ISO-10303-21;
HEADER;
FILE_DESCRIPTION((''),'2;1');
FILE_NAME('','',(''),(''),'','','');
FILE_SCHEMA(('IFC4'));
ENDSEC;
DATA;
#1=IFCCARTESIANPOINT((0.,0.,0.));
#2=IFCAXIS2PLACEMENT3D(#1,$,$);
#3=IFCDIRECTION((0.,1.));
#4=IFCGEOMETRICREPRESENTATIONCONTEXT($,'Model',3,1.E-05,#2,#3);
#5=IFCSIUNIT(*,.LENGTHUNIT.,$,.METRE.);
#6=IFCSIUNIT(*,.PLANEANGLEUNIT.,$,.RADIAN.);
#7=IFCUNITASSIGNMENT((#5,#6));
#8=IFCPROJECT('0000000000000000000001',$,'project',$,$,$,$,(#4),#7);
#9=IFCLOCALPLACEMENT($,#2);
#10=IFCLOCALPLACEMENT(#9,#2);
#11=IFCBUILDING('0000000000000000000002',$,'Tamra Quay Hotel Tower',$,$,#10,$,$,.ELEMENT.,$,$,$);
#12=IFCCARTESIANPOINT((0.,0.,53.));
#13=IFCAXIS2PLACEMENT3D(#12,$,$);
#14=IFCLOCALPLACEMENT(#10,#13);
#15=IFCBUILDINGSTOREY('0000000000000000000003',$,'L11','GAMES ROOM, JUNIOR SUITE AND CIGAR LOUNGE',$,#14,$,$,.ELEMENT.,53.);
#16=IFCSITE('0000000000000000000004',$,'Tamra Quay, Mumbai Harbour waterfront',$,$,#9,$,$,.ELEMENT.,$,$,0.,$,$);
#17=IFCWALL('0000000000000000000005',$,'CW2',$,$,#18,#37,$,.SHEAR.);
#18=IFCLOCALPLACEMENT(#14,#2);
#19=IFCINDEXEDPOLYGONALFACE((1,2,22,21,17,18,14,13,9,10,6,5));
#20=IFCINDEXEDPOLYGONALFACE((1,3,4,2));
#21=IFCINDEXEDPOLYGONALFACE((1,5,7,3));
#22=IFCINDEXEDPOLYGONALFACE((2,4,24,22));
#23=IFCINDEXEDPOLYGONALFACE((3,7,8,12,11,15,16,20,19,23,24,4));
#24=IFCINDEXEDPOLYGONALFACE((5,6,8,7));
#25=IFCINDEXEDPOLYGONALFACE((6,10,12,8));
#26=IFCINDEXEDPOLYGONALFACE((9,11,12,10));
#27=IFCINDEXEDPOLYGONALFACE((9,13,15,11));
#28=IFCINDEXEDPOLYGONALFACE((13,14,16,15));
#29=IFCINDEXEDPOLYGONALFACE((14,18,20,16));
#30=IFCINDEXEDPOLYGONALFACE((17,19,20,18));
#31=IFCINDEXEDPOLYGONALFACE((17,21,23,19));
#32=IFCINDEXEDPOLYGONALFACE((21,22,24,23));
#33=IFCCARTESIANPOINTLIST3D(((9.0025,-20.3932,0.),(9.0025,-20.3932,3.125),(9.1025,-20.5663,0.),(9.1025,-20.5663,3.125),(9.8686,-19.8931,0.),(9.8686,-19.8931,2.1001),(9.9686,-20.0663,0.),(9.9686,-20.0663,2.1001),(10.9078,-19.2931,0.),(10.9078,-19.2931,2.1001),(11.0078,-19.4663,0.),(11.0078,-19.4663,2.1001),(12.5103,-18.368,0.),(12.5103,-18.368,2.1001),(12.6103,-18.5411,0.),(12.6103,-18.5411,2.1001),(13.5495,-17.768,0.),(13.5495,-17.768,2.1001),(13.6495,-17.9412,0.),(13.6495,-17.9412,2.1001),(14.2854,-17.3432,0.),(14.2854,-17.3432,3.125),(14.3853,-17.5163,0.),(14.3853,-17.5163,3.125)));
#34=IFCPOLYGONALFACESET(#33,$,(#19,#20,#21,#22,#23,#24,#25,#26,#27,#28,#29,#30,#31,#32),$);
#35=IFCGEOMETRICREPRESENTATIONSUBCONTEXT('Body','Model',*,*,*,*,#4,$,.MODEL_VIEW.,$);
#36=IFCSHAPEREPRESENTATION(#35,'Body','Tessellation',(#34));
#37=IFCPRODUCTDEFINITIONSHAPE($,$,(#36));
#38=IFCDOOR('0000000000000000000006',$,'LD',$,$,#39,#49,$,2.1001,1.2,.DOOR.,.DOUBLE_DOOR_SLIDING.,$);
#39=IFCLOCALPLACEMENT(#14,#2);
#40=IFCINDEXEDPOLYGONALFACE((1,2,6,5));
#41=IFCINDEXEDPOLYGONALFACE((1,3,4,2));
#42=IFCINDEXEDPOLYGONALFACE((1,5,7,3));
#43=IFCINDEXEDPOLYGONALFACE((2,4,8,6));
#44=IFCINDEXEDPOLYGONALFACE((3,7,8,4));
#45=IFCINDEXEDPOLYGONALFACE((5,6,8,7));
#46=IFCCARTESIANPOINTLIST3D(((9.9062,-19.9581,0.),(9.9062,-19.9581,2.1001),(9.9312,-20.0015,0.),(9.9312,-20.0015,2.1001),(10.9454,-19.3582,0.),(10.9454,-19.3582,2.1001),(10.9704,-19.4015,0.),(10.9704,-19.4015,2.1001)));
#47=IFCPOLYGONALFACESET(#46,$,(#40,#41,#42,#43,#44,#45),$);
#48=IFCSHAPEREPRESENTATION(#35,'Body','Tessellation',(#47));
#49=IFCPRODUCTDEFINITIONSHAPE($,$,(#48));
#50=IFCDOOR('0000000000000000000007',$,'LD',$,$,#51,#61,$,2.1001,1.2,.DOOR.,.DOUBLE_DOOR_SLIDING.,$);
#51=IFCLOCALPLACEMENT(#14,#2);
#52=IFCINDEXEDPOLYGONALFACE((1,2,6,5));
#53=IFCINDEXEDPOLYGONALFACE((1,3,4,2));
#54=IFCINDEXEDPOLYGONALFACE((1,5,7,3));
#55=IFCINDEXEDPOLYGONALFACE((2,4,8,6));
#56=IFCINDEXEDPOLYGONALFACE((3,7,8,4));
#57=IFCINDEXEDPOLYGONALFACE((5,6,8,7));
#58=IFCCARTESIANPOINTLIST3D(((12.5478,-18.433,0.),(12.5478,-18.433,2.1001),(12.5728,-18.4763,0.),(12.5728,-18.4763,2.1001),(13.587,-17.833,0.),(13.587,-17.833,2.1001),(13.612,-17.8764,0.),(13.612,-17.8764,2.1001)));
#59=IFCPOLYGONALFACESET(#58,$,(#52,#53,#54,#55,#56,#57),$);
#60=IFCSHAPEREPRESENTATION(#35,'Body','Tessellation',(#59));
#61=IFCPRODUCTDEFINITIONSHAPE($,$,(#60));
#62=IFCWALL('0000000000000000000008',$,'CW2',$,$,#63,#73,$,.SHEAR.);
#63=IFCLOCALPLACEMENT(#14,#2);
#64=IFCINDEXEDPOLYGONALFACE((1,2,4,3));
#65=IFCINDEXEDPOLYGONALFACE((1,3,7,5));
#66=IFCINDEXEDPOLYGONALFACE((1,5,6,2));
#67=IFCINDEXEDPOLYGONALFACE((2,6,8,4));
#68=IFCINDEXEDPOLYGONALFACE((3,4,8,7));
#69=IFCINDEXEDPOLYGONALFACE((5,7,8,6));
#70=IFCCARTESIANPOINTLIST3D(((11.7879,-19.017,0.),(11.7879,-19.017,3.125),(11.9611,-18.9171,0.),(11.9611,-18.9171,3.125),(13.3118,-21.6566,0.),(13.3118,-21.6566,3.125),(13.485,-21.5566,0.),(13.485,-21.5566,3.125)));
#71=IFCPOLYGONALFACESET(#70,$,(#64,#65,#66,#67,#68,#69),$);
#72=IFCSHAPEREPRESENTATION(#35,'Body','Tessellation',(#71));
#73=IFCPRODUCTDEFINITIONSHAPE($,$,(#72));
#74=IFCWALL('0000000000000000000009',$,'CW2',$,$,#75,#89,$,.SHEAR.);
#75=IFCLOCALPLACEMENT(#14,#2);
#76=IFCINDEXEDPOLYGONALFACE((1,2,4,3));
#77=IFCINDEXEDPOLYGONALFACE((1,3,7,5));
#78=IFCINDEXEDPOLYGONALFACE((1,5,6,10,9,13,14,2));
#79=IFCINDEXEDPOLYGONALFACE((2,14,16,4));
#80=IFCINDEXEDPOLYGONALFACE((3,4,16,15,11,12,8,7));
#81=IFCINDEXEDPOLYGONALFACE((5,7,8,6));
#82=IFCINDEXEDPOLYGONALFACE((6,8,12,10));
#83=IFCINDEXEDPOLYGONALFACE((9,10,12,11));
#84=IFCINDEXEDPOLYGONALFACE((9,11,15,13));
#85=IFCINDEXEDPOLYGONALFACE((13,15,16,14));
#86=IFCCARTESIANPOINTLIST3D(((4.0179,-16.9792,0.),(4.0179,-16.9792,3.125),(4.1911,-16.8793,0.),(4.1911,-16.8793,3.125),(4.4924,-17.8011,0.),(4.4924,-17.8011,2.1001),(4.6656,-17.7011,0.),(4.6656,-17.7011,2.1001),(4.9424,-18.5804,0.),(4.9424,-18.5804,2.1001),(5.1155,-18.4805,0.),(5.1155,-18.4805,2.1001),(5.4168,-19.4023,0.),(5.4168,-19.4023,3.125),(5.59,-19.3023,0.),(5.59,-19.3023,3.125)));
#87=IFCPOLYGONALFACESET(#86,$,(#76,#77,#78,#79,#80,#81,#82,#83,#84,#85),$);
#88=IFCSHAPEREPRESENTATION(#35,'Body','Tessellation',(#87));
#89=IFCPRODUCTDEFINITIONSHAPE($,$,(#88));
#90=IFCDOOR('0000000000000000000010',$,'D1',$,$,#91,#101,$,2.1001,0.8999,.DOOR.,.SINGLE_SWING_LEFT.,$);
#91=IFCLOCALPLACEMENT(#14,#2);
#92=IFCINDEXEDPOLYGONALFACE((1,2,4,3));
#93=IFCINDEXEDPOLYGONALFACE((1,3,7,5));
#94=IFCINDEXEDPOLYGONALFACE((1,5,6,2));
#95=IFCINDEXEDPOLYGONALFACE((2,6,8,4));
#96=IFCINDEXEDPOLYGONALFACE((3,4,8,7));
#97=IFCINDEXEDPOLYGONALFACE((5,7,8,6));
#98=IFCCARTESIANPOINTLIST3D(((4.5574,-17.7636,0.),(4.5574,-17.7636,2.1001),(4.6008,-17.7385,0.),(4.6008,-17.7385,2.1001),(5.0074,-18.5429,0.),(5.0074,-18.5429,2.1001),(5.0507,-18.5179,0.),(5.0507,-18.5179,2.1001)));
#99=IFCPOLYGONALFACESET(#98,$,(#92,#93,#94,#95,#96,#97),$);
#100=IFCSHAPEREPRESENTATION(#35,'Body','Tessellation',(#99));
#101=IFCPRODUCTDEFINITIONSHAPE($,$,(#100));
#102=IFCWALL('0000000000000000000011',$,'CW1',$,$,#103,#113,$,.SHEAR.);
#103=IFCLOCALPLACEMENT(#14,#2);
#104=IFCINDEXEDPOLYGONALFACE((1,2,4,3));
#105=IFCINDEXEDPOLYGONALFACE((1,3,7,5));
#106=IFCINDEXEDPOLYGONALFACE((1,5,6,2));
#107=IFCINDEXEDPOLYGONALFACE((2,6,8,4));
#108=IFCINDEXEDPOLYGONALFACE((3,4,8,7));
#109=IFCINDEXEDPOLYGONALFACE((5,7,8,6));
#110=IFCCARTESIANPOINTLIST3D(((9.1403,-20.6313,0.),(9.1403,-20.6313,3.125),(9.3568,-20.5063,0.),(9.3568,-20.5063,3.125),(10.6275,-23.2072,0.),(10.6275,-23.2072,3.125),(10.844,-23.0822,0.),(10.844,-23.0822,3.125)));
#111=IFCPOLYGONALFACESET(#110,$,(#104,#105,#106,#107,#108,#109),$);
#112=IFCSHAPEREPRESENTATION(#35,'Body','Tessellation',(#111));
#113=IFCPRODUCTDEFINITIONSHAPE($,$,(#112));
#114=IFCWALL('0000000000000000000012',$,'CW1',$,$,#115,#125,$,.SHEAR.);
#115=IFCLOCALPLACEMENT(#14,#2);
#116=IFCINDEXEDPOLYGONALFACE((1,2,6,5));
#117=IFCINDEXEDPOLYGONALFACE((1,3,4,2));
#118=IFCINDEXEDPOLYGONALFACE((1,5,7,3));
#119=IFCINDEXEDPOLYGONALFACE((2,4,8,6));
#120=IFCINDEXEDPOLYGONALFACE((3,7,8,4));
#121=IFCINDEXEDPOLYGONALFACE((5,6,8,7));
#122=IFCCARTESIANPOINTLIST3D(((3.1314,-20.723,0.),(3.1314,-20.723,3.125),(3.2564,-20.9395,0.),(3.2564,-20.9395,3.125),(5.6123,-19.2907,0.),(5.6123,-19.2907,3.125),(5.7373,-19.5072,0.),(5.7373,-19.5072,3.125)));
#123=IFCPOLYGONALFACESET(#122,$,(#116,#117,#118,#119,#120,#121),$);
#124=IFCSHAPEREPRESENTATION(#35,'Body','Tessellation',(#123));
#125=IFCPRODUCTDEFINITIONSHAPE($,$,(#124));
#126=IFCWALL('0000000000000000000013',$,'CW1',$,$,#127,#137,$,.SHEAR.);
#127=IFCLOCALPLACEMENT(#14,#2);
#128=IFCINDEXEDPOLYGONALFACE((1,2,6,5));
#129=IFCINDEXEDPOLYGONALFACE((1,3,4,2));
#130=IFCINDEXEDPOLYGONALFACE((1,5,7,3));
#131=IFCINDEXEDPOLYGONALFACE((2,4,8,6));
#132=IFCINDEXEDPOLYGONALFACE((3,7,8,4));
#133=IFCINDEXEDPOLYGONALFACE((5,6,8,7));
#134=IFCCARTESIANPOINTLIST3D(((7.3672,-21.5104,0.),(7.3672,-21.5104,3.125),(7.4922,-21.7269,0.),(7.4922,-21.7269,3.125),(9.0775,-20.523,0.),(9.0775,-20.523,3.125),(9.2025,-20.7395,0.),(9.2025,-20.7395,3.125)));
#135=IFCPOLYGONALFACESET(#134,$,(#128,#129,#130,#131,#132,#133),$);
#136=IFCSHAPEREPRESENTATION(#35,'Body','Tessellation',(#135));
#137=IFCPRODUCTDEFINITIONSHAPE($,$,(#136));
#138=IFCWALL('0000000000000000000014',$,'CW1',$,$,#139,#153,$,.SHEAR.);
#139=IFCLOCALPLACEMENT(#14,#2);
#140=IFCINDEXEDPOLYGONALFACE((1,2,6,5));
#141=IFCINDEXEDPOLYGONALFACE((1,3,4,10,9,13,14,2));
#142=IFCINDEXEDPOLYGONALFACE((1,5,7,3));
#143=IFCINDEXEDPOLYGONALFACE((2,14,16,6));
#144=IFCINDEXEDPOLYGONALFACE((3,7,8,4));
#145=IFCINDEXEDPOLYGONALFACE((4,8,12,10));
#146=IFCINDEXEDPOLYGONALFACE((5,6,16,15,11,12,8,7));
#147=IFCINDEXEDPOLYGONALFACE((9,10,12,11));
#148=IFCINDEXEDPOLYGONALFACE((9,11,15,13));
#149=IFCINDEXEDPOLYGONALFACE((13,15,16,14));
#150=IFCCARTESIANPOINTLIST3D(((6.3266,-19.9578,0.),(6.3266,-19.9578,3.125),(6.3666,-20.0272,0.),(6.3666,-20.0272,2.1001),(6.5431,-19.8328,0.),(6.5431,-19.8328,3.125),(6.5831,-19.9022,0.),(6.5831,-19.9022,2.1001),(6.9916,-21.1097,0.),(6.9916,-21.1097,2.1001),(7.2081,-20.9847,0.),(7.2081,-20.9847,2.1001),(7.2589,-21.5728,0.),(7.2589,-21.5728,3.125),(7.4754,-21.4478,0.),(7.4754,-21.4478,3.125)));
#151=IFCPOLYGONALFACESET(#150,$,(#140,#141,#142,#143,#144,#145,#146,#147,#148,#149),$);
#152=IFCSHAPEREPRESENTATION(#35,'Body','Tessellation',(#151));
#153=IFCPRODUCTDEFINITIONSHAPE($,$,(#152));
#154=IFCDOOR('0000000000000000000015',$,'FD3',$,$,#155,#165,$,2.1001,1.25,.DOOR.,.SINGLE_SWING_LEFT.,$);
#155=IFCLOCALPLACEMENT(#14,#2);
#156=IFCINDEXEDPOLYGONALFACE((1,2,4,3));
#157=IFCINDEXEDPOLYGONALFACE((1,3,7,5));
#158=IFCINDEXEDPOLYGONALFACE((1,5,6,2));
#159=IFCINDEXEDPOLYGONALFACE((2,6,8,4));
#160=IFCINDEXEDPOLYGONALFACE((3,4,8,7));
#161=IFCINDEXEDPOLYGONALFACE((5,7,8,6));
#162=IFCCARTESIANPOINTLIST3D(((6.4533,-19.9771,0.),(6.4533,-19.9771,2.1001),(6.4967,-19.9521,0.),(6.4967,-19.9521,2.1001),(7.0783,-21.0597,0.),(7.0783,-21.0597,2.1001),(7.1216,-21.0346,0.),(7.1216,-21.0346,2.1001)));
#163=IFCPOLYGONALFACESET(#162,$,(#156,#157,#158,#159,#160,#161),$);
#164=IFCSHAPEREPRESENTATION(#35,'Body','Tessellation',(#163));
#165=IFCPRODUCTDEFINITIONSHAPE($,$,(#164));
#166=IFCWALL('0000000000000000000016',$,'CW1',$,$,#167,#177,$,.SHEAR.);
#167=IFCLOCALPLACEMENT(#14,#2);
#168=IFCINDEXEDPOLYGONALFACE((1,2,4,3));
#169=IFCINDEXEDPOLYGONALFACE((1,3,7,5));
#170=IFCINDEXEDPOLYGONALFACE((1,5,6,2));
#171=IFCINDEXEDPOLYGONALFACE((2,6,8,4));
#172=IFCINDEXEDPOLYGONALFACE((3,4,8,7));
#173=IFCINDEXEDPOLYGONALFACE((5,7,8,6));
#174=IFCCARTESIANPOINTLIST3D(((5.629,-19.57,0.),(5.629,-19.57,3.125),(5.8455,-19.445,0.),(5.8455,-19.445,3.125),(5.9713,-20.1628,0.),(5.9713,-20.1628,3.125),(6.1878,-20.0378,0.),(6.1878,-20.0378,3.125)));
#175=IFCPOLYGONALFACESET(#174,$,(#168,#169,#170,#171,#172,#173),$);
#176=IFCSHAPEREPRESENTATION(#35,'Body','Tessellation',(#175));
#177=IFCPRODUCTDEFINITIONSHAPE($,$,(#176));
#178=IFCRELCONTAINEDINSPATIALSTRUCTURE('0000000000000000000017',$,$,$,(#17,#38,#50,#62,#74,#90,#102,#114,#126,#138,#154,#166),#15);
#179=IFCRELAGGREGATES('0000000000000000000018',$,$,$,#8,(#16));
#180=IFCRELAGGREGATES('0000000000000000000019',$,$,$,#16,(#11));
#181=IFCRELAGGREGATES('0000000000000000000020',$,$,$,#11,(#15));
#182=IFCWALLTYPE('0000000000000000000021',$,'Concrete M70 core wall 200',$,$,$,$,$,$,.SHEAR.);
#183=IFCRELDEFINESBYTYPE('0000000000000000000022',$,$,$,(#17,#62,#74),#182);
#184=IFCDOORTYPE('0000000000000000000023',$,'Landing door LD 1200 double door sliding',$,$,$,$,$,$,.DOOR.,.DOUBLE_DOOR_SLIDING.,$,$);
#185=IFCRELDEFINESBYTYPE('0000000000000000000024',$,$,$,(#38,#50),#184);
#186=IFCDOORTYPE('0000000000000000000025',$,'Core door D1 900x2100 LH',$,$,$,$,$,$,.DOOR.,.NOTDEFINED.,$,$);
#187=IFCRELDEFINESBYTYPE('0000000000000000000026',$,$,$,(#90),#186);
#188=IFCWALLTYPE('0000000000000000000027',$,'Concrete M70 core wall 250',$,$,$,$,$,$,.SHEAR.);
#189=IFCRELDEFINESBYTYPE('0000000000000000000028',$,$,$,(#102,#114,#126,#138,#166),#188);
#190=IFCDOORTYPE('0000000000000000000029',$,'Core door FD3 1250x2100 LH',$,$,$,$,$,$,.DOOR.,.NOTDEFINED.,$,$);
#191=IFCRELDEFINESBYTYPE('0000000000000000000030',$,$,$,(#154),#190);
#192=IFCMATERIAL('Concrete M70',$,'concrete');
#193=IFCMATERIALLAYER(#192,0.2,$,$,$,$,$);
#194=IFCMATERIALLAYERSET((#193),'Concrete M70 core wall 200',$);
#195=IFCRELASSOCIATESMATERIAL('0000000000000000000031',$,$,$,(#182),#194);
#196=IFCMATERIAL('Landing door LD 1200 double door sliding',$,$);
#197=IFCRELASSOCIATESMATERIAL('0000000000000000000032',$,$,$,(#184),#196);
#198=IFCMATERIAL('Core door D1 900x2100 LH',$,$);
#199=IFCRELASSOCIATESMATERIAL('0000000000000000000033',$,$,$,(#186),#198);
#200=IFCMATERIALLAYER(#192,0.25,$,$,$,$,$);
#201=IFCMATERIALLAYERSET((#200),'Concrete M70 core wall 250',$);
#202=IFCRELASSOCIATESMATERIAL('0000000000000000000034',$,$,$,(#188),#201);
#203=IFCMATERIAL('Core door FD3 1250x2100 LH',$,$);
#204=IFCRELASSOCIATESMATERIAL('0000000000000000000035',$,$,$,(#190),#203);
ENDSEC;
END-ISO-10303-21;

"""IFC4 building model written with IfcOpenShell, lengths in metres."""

from ifc_helpers import new_model, si_unit, direction, frame, frame_2d, origin, place, context, subcontext, project, spatial, rectangle, extrude, material, layer, layer_set, type_object, element, fill, save


model = new_model("IFC4")

# Units and contexts
model_context = context("Model", 3, precision=1e-05, world=origin(), true_north=direction((0.0, 1.0)))
body_context = subcontext(model_context, "Body", "Model", "MODEL_VIEW")
ifc_project = project(units=[si_unit("LENGTHUNIT", "METRE"), si_unit("PLANEANGLEUNIT", "RADIAN")], contexts=[model_context])

# Site, building, storey
site_placement = place(None, origin())
site = spatial("IfcSite", under=ifc_project, at=site_placement, Name="Tamra Quay, Mumbai Harbour waterfront", CompositionType="ELEMENT", RefElevation=0.0)
building_placement = place(site_placement, origin())
building = spatial("IfcBuilding", under=site, at=building_placement, Name="Tamra Quay Hotel Tower", CompositionType="ELEMENT")
storey_placement = place(building_placement, frame((0.0, 0.0, 53.0)))
storey = spatial("IfcBuildingStorey", under=building, at=storey_placement, Name="L11", Description="GAMES ROOM, JUNIOR SUITE AND CIGAR LOUNGE", CompositionType="ELEMENT", Elevation=53.0)

# Shared definitions
ifc_material_1 = material(Name="Concrete M70", Category="concrete")

# Wall, openings, doors
ifc_layer_1 = layer(ifc_material_1, 0.2)
ifc_layer_set_1 = layer_set([ifc_layer_1], Name="Concrete M70 core wall 200")
wall_type_1 = type_object("IfcWallType", Name="Concrete M70 core wall 200", PredefinedType="SHEAR", material=ifc_layer_set_1)
wall_1_placement = place(storey_placement, frame((9.0525, -20.4797, 0.0), z_axis=(0.0, 0.0, 1.0), x_axis=(0.86603, 0.499992, 0.0)))
wall_1 = element("IfcWall", 1, at=wall_1_placement, inside=storey, type_object=wall_type_1, Name="CW2", PredefinedType="SHEAR", context=body_context, shape_type="SweptSolid", body=[
    extrude(rectangle(XDim=6.1001, YDim=0.2, at=frame_2d((3.05, 0.0))), origin(), (0.0, 0.0, 1.0), 3.125),
])
opening_1_placement = place(wall_1_placement, frame((1.0, 0.0, 0.0)))
opening_1 = element("IfcOpeningElement", 2, at=opening_1_placement, cuts=wall_1, PredefinedType="OPENING", context=body_context, shape_type="SweptSolid", body=[
    extrude(rectangle(XDim=1.2, YDim=2.1001, at=frame_2d((0.6001, 1.05))), frame((0.0, 0.1099, 0.0), z_axis=(0.0, -1.0, 0.0), x_axis=(1.0, 0.0, 0.0)), (0.0, 0.0, 1.0), 0.22),
])
opening_2_placement = place(wall_1_placement, frame((4.0503, 0.0, 0.0)))
opening_2 = element("IfcOpeningElement", 3, at=opening_2_placement, cuts=wall_1, PredefinedType="OPENING", context=body_context, shape_type="SweptSolid", body=[
    extrude(rectangle(XDim=1.2, YDim=2.1001, at=frame_2d((0.6001, 1.05))), frame((0.0, 0.1099, 0.0), z_axis=(0.0, -1.0, 0.0), x_axis=(1.0, 0.0, 0.0)), (0.0, 0.0, 1.0), 0.22),
])
ifc_material_2 = material(Name="Landing door LD 1200 double door sliding")
door_type_1 = type_object("IfcDoorType", Name="Landing door LD 1200 double door sliding", OperationType="DOUBLE_DOOR_SLIDING", PredefinedType="DOOR", material=ifc_material_2)
door_1_placement = place(opening_1_placement, origin())
door_1 = element("IfcDoor", 4, at=door_1_placement, inside=storey, type_object=door_type_1, Name="LD", OperationType="DOUBLE_DOOR_SLIDING", OverallHeight=2.1001, OverallWidth=1.2, PredefinedType="DOOR", context=body_context, shape_type="SweptSolid", body=[
    extrude(rectangle(XDim=1.2, YDim=2.1001, at=frame_2d((0.6001, 1.05))), frame((0.0, 0.0249, 0.0), z_axis=(0.0, -1.0, 0.0), x_axis=(1.0, 0.0, 0.0)), (0.0, 0.0, 1.0), 0.05),
])
fill(opening_1, door_1)
door_2_placement = place(opening_2_placement, origin())
door_2 = element("IfcDoor", 5, at=door_2_placement, inside=storey, type_object=door_type_1, Name="LD", OperationType="DOUBLE_DOOR_SLIDING", OverallHeight=2.1001, OverallWidth=1.2, PredefinedType="DOOR", context=body_context, shape_type="SweptSolid", body=[
    extrude(rectangle(XDim=1.2, YDim=2.1001, at=frame_2d((0.6001, 1.05))), frame((0.0, 0.0249, 0.0), z_axis=(0.0, -1.0, 0.0), x_axis=(1.0, 0.0, 0.0)), (0.0, 0.0, 1.0), 0.05),
])
fill(opening_2, door_2)

# Wall
wall_2_placement = place(storey_placement, frame((11.8745, -18.967, 0.0), z_axis=(0.0, 0.0, 1.0), x_axis=(0.499981, -0.866036, 0.0)))
element("IfcWall", 6, at=wall_2_placement, inside=storey, type_object=wall_type_1, Name="CW2", PredefinedType="SHEAR", context=body_context, shape_type="SweptSolid", body=[
    extrude(rectangle(XDim=3.0479, YDim=0.2, at=frame_2d((1.5239, 0.0))), origin(), (0.0, 0.0, 1.0), 3.125),
])

# Wall, opening, door
wall_3_placement = place(storey_placement, frame((5.5034, -19.3523, 0.0), z_axis=(0.0, 0.0, 1.0), x_axis=(-0.499987, 0.866033, 0.0)))
wall_3 = element("IfcWall", 7, at=wall_3_placement, inside=storey, type_object=wall_type_1, Name="CW2", PredefinedType="SHEAR", context=body_context, shape_type="SweptSolid", body=[
    extrude(rectangle(XDim=2.7979, YDim=0.2, at=frame_2d((1.3989, 0.0))), origin(), (0.0, 0.0, 1.0), 3.125),
])
opening_3_placement = place(wall_3_placement, frame((0.949, 0.0, 0.0)))
opening_3 = element("IfcOpeningElement", 8, at=opening_3_placement, cuts=wall_3, PredefinedType="OPENING", context=body_context, shape_type="SweptSolid", body=[
    extrude(rectangle(XDim=0.8999, YDim=2.1001, at=frame_2d((0.45, 1.05))), frame((0.0, 0.1099, 0.0), z_axis=(0.0, -1.0, 0.0), x_axis=(1.0, 0.0, 0.0)), (0.0, 0.0, 1.0), 0.22),
])
ifc_material_3 = material(Name="Core door D1 900x2100 LH")
door_type_2 = type_object("IfcDoorType", Name="Core door D1 900x2100 LH", OperationType="NOTDEFINED", PredefinedType="DOOR", material=ifc_material_3)
door_3_placement = place(opening_3_placement, origin())
door_3 = element("IfcDoor", 9, at=door_3_placement, inside=storey, type_object=door_type_2, Name="D1", OperationType="SINGLE_SWING_LEFT", OverallHeight=2.1001, OverallWidth=0.8999, PredefinedType="DOOR", context=body_context, shape_type="SweptSolid", body=[
    extrude(rectangle(XDim=0.8999, YDim=2.1001, at=frame_2d((0.45, 1.05))), frame((0.0, 0.0249, 0.0), z_axis=(0.0, -1.0, 0.0), x_axis=(1.0, 0.0, 0.0)), (0.0, 0.0, 1.0), 0.05),
])
fill(opening_3, door_3)

# Walls
ifc_layer_2 = layer(ifc_material_1, 0.25)
ifc_layer_set_2 = layer_set([ifc_layer_2], Name="Concrete M70 core wall 250")
wall_type_2 = type_object("IfcWallType", Name="Concrete M70 core wall 250", PredefinedType="SHEAR", material=ifc_layer_set_2)
wall_4_placement = place(storey_placement, frame((10.7358, -23.1448, 0.0), z_axis=(0.0, 0.0, 1.0), x_axis=(-0.500023, 0.866012, 0.0)))
element("IfcWall", 10, at=wall_4_placement, inside=storey, type_object=wall_type_2, Name="CW1", PredefinedType="SHEAR", context=body_context, shape_type="SweptSolid", body=[
    extrude(rectangle(XDim=2.9744, YDim=0.25, at=frame_2d((1.4873, 0.0))), origin(), (0.0, 0.0, 1.0), 3.125),
])
wall_5_placement = place(storey_placement, frame((5.6748, -19.3989, 0.0), z_axis=(0.0, 0.0, 1.0), x_axis=(-0.866027, -0.499998, 0.0)))
element("IfcWall", 11, at=wall_5_placement, inside=storey, type_object=wall_type_2, Name="CW1", PredefinedType="SHEAR", context=body_context, shape_type="SweptSolid", body=[
    extrude(rectangle(XDim=2.8647, YDim=0.25, at=frame_2d((1.4324, 0.0))), origin(), (0.0, 0.0, 1.0), 3.125),
])
wall_6_placement = place(storey_placement, frame((9.1399, -20.6313, 0.0), z_axis=(0.0, 0.0, 1.0), x_axis=(-0.866044, -0.499969, 0.0)))
element("IfcWall", 12, at=wall_6_placement, inside=storey, type_object=wall_type_2, Name="CW1", PredefinedType="SHEAR", context=body_context, shape_type="SweptSolid", body=[
    extrude(rectangle(XDim=1.9749, YDim=0.25, at=frame_2d((0.9873, 0.0))), origin(), (0.0, 0.0, 1.0), 3.125),
])

# Wall, opening, door
wall_7_placement = place(storey_placement, frame((7.3672, -21.5103, 0.0), z_axis=(0.0, 0.0, 1.0), x_axis=(-0.499983, 0.866035, 0.0)))
wall_7 = element("IfcWall", 13, at=wall_7_placement, inside=storey, type_object=wall_type_2, Name="CW1", PredefinedType="SHEAR", context=body_context, shape_type="SweptSolid", body=[
    extrude(rectangle(XDim=1.8647, YDim=0.25, at=frame_2d((0.9324, 0.0))), origin(), (0.0, 0.0, 1.0), 3.125),
])
opening_4_placement = place(wall_7_placement, frame((0.5347, 0.0, 0.0)))
opening_4 = element("IfcOpeningElement", 14, at=opening_4_placement, cuts=wall_7, PredefinedType="OPENING", context=body_context, shape_type="SweptSolid", body=[
    extrude(rectangle(XDim=1.25, YDim=2.1001, at=frame_2d((0.625, 1.05))), frame((0.0, 0.135, 0.0), z_axis=(0.0, -1.0, 0.0), x_axis=(1.0, 0.0, 0.0)), (0.0, 0.0, 1.0), 0.27),
])
ifc_material_4 = material(Name="Core door FD3 1250x2100 LH")
door_type_3 = type_object("IfcDoorType", Name="Core door FD3 1250x2100 LH", OperationType="NOTDEFINED", PredefinedType="DOOR", material=ifc_material_4)
door_4_placement = place(opening_4_placement, origin())
door_4 = element("IfcDoor", 15, at=door_4_placement, inside=storey, type_object=door_type_3, Name="FD3", OperationType="SINGLE_SWING_LEFT", OverallHeight=2.1001, OverallWidth=1.25, PredefinedType="DOOR", context=body_context, shape_type="SweptSolid", body=[
    extrude(rectangle(XDim=1.25, YDim=2.1001, at=frame_2d((0.625, 1.05))), frame((0.0, 0.0249, 0.0), z_axis=(0.0, -1.0, 0.0), x_axis=(1.0, 0.0, 0.0)), (0.0, 0.0, 1.0), 0.05),
])
fill(opening_4, door_4)

# Wall
wall_8_placement = place(storey_placement, frame((6.0796, -20.1003, 0.0), z_axis=(0.0, 0.0, 1.0), x_axis=(-0.500052, 0.865996, 0.0)))
element("IfcWall", 16, at=wall_8_placement, inside=storey, type_object=wall_type_2, Name="CW1", PredefinedType="SHEAR", context=body_context, shape_type="SweptSolid", body=[
    extrude(rectangle(XDim=0.6846, YDim=0.25, at=frame_2d((0.3423, 0.0))), origin(), (0.0, 0.0, 1.0), 3.125),
])

save(model, "model.ifc")
